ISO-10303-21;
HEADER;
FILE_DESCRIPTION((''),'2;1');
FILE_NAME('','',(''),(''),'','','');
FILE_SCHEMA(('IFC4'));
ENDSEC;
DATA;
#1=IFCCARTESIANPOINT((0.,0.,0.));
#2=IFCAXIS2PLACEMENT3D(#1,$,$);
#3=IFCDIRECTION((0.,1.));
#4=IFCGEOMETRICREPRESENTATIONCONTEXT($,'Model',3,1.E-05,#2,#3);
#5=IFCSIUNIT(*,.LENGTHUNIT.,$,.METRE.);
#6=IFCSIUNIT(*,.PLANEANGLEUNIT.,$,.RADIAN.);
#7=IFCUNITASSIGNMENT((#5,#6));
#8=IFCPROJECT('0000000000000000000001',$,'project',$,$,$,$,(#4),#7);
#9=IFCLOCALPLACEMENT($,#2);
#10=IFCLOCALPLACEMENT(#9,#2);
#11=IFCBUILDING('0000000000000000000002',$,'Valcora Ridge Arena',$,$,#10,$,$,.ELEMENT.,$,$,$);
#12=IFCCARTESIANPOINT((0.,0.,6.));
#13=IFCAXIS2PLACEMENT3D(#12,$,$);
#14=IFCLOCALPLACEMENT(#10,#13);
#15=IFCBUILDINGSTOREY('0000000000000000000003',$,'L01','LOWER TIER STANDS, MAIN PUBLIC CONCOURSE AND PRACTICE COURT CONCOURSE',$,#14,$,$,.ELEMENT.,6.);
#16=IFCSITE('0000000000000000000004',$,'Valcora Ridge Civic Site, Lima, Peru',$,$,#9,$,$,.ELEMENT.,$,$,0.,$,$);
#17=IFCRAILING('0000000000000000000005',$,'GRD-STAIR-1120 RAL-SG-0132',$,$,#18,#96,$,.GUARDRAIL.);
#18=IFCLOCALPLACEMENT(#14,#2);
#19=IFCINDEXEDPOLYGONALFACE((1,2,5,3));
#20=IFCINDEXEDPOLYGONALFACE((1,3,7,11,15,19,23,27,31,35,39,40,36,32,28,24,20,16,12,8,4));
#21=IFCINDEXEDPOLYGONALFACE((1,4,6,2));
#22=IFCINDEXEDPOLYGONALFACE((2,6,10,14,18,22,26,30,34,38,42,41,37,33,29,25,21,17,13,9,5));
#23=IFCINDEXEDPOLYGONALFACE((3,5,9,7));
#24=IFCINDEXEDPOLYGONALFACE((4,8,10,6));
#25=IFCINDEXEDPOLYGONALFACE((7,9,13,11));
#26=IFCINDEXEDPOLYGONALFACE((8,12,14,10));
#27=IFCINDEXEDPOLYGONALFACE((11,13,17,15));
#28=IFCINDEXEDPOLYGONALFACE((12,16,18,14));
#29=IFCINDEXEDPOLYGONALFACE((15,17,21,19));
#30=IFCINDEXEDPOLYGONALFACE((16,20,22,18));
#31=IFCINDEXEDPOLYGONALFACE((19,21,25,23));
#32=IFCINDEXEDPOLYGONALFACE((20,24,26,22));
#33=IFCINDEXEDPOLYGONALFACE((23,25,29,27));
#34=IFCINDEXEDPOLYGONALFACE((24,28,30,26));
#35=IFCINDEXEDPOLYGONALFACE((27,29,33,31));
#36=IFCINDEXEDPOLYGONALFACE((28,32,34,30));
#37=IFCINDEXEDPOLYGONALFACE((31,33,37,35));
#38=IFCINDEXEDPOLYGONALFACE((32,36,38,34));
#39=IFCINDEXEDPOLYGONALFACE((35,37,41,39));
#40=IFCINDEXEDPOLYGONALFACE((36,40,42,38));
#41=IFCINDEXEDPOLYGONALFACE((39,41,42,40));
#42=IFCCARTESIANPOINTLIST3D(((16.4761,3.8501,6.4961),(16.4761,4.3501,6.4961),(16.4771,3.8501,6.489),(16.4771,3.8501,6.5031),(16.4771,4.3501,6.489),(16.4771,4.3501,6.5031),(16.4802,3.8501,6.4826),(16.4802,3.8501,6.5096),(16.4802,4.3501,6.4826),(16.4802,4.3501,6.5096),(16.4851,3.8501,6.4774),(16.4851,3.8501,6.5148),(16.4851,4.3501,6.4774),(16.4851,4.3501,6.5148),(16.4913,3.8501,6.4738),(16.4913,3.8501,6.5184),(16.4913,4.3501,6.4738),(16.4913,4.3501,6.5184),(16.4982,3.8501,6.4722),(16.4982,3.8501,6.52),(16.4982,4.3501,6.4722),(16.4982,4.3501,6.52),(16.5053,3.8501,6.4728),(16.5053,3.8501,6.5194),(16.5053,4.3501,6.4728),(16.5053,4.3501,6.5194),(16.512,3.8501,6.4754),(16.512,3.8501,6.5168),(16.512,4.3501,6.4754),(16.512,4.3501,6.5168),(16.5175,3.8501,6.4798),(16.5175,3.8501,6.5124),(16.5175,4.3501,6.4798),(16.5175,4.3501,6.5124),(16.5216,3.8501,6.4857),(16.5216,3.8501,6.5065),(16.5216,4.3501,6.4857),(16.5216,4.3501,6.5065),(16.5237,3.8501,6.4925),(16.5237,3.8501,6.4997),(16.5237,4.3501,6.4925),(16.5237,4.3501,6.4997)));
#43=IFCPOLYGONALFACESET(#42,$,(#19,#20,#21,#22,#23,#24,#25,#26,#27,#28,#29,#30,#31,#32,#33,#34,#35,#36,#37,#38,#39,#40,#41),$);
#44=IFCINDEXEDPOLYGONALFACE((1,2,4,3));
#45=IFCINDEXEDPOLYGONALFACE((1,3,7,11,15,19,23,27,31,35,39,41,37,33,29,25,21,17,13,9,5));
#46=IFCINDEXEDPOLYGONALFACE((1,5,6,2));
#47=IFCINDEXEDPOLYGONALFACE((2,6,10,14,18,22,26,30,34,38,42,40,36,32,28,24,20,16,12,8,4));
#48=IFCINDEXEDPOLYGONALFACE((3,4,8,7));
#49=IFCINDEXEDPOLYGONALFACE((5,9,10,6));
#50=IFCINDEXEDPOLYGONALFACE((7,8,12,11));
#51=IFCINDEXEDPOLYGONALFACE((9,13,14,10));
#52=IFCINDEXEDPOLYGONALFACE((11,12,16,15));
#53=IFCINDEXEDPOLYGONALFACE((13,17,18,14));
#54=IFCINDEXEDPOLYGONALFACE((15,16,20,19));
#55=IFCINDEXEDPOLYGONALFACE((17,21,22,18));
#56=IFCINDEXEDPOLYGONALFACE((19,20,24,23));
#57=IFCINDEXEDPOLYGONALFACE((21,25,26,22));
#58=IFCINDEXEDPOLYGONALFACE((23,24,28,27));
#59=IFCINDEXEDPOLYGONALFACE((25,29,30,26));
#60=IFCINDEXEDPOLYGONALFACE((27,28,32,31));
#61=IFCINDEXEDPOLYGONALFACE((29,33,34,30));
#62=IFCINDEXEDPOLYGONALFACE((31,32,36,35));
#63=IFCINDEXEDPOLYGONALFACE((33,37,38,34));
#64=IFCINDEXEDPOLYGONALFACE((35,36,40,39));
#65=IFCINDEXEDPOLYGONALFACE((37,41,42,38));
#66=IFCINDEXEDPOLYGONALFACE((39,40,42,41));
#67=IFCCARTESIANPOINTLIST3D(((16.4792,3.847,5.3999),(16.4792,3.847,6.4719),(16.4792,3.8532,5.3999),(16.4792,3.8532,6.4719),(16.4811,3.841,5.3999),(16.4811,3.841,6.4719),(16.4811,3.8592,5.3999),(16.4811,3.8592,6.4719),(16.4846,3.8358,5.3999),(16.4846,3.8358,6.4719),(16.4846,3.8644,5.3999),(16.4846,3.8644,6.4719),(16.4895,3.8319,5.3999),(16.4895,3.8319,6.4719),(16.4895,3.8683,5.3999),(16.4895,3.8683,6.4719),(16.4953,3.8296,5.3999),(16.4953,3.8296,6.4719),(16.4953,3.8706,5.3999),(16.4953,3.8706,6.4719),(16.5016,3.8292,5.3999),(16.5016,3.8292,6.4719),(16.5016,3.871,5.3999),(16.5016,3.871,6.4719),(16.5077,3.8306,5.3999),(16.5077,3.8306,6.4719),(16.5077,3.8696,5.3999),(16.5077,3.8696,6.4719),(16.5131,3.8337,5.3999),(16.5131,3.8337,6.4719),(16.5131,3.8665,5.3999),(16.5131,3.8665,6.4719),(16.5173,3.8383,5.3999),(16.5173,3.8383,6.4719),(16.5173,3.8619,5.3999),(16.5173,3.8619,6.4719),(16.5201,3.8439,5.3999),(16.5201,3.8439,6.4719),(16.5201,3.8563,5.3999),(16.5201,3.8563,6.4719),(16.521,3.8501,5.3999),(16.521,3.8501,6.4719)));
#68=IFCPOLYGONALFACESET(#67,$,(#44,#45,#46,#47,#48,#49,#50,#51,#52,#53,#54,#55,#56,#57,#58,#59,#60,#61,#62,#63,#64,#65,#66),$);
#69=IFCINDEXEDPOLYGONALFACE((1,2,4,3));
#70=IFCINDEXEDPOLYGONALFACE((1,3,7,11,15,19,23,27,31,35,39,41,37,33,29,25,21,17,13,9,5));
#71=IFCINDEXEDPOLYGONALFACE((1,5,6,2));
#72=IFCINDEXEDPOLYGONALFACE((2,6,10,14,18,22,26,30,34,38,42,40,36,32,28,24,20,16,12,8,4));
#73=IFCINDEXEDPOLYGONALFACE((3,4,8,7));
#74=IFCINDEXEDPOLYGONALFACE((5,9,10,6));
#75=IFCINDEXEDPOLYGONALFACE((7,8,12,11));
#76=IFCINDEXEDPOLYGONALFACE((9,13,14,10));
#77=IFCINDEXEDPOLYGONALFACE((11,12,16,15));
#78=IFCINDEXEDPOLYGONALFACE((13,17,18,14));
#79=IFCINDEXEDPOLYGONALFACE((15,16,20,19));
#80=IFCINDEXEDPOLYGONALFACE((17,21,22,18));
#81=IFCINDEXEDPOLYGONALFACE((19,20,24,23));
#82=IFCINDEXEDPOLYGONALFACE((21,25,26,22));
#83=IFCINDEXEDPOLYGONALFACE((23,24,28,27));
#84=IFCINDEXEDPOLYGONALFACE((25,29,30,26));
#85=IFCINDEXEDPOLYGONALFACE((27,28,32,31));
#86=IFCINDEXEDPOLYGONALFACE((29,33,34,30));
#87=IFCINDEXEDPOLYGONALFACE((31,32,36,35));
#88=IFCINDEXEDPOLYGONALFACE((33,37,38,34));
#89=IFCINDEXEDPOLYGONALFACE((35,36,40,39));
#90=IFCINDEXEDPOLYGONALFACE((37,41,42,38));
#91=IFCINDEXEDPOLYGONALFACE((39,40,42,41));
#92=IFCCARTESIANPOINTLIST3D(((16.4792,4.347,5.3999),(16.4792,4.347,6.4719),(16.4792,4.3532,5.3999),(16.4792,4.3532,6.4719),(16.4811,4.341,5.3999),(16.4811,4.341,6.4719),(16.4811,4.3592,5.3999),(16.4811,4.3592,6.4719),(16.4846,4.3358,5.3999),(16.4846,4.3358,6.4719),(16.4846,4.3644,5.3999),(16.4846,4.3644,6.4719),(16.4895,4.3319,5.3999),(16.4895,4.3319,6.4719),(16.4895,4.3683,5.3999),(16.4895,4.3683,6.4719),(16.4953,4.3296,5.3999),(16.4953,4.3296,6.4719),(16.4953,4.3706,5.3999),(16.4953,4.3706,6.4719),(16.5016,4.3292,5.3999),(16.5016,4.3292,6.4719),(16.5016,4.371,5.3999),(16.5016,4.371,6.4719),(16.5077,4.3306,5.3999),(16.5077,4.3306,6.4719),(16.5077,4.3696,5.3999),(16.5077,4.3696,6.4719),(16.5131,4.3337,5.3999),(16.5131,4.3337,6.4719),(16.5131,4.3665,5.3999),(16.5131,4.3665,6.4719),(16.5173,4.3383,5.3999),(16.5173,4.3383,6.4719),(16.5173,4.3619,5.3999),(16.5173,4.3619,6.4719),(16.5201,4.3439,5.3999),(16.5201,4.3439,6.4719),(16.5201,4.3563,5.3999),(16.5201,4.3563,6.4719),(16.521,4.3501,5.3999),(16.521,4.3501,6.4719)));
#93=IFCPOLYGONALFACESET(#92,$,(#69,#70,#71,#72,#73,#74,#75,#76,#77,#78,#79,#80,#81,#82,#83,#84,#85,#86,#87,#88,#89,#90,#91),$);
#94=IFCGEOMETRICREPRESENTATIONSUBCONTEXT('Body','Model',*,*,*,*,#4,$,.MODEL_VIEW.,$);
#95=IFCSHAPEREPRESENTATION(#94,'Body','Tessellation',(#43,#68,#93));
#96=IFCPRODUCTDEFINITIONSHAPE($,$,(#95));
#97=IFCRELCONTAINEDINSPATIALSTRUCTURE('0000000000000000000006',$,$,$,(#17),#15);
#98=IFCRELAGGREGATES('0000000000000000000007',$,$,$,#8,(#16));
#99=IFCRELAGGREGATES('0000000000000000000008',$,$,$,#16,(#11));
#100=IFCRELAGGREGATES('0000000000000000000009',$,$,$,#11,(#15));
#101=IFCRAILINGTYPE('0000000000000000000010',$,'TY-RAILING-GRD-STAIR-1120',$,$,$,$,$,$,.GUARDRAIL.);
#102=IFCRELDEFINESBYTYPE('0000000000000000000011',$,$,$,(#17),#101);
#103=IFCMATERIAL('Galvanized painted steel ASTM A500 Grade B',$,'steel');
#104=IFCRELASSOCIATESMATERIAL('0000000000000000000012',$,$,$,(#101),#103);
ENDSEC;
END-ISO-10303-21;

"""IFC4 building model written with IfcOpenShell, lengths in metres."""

from ifc_helpers import new_model, si_unit, direction, frame, origin, origin_2d, place, context, subcontext, project, spatial, circle, extrude, material, type_object, element, save


model = new_model("IFC4")

# Units and contexts
model_context = context("Model", 3, precision=1e-05, world=origin(), true_north=direction((0.0, 1.0)))
body_context = subcontext(model_context, "Body", "Model", "MODEL_VIEW")
ifc_project = project(units=[si_unit("LENGTHUNIT", "METRE"), si_unit("PLANEANGLEUNIT", "RADIAN")], contexts=[model_context])

# Site, building, storey
site_placement = place(None, origin())
site = spatial("IfcSite", under=ifc_project, at=site_placement, Name="Valcora Ridge Civic Site, Lima, Peru", CompositionType="ELEMENT", RefElevation=0.0)
building_placement = place(site_placement, origin())
building = spatial("IfcBuilding", under=site, at=building_placement, Name="Valcora Ridge Arena", CompositionType="ELEMENT")
storey_placement = place(building_placement, frame((0.0, 0.0, 6.0)))
storey = spatial("IfcBuildingStorey", under=building, at=storey_placement, Name="L01", Description="LOWER TIER STANDS, MAIN PUBLIC CONCOURSE AND PRACTICE COURT CONCOURSE", CompositionType="ELEMENT", Elevation=6.0)

# Railing
ifc_material_1 = material(Name="Galvanized painted steel ASTM A500 Grade B", Category="steel")
railing_type_1 = type_object("IfcRailingType", Name="TY-RAILING-GRD-STAIR-1120", PredefinedType="GUARDRAIL", material=ifc_material_1)
railing_1_placement = place(storey_placement, frame((16.5, 3.8501, 5.3999)))
element("IfcRailing", 1, at=railing_1_placement, inside=storey, type_object=railing_type_1, Name="GRD-STAIR-1120 RAL-SG-0132", PredefinedType="GUARDRAIL", context=body_context, shape_type="SweptSolid", body=[
    extrude(circle(Radius=0.0239, at=origin_2d()), frame((0.0, 0.0, 1.0962), z_axis=(0.0, 1.0, 0.0), x_axis=(-1.0, 0.0, 0.0)), (0.0, 0.0, 1.0), 0.5),
    extrude(circle(Radius=0.021, at=origin_2d()), origin(), (0.0, 0.0, 1.0), 1.072),
    extrude(circle(Radius=0.021, at=origin_2d()), frame((0.0, 0.5, 0.0)), (0.0, 0.0, 1.0), 1.072),
])

save(model, "model.ifc")
